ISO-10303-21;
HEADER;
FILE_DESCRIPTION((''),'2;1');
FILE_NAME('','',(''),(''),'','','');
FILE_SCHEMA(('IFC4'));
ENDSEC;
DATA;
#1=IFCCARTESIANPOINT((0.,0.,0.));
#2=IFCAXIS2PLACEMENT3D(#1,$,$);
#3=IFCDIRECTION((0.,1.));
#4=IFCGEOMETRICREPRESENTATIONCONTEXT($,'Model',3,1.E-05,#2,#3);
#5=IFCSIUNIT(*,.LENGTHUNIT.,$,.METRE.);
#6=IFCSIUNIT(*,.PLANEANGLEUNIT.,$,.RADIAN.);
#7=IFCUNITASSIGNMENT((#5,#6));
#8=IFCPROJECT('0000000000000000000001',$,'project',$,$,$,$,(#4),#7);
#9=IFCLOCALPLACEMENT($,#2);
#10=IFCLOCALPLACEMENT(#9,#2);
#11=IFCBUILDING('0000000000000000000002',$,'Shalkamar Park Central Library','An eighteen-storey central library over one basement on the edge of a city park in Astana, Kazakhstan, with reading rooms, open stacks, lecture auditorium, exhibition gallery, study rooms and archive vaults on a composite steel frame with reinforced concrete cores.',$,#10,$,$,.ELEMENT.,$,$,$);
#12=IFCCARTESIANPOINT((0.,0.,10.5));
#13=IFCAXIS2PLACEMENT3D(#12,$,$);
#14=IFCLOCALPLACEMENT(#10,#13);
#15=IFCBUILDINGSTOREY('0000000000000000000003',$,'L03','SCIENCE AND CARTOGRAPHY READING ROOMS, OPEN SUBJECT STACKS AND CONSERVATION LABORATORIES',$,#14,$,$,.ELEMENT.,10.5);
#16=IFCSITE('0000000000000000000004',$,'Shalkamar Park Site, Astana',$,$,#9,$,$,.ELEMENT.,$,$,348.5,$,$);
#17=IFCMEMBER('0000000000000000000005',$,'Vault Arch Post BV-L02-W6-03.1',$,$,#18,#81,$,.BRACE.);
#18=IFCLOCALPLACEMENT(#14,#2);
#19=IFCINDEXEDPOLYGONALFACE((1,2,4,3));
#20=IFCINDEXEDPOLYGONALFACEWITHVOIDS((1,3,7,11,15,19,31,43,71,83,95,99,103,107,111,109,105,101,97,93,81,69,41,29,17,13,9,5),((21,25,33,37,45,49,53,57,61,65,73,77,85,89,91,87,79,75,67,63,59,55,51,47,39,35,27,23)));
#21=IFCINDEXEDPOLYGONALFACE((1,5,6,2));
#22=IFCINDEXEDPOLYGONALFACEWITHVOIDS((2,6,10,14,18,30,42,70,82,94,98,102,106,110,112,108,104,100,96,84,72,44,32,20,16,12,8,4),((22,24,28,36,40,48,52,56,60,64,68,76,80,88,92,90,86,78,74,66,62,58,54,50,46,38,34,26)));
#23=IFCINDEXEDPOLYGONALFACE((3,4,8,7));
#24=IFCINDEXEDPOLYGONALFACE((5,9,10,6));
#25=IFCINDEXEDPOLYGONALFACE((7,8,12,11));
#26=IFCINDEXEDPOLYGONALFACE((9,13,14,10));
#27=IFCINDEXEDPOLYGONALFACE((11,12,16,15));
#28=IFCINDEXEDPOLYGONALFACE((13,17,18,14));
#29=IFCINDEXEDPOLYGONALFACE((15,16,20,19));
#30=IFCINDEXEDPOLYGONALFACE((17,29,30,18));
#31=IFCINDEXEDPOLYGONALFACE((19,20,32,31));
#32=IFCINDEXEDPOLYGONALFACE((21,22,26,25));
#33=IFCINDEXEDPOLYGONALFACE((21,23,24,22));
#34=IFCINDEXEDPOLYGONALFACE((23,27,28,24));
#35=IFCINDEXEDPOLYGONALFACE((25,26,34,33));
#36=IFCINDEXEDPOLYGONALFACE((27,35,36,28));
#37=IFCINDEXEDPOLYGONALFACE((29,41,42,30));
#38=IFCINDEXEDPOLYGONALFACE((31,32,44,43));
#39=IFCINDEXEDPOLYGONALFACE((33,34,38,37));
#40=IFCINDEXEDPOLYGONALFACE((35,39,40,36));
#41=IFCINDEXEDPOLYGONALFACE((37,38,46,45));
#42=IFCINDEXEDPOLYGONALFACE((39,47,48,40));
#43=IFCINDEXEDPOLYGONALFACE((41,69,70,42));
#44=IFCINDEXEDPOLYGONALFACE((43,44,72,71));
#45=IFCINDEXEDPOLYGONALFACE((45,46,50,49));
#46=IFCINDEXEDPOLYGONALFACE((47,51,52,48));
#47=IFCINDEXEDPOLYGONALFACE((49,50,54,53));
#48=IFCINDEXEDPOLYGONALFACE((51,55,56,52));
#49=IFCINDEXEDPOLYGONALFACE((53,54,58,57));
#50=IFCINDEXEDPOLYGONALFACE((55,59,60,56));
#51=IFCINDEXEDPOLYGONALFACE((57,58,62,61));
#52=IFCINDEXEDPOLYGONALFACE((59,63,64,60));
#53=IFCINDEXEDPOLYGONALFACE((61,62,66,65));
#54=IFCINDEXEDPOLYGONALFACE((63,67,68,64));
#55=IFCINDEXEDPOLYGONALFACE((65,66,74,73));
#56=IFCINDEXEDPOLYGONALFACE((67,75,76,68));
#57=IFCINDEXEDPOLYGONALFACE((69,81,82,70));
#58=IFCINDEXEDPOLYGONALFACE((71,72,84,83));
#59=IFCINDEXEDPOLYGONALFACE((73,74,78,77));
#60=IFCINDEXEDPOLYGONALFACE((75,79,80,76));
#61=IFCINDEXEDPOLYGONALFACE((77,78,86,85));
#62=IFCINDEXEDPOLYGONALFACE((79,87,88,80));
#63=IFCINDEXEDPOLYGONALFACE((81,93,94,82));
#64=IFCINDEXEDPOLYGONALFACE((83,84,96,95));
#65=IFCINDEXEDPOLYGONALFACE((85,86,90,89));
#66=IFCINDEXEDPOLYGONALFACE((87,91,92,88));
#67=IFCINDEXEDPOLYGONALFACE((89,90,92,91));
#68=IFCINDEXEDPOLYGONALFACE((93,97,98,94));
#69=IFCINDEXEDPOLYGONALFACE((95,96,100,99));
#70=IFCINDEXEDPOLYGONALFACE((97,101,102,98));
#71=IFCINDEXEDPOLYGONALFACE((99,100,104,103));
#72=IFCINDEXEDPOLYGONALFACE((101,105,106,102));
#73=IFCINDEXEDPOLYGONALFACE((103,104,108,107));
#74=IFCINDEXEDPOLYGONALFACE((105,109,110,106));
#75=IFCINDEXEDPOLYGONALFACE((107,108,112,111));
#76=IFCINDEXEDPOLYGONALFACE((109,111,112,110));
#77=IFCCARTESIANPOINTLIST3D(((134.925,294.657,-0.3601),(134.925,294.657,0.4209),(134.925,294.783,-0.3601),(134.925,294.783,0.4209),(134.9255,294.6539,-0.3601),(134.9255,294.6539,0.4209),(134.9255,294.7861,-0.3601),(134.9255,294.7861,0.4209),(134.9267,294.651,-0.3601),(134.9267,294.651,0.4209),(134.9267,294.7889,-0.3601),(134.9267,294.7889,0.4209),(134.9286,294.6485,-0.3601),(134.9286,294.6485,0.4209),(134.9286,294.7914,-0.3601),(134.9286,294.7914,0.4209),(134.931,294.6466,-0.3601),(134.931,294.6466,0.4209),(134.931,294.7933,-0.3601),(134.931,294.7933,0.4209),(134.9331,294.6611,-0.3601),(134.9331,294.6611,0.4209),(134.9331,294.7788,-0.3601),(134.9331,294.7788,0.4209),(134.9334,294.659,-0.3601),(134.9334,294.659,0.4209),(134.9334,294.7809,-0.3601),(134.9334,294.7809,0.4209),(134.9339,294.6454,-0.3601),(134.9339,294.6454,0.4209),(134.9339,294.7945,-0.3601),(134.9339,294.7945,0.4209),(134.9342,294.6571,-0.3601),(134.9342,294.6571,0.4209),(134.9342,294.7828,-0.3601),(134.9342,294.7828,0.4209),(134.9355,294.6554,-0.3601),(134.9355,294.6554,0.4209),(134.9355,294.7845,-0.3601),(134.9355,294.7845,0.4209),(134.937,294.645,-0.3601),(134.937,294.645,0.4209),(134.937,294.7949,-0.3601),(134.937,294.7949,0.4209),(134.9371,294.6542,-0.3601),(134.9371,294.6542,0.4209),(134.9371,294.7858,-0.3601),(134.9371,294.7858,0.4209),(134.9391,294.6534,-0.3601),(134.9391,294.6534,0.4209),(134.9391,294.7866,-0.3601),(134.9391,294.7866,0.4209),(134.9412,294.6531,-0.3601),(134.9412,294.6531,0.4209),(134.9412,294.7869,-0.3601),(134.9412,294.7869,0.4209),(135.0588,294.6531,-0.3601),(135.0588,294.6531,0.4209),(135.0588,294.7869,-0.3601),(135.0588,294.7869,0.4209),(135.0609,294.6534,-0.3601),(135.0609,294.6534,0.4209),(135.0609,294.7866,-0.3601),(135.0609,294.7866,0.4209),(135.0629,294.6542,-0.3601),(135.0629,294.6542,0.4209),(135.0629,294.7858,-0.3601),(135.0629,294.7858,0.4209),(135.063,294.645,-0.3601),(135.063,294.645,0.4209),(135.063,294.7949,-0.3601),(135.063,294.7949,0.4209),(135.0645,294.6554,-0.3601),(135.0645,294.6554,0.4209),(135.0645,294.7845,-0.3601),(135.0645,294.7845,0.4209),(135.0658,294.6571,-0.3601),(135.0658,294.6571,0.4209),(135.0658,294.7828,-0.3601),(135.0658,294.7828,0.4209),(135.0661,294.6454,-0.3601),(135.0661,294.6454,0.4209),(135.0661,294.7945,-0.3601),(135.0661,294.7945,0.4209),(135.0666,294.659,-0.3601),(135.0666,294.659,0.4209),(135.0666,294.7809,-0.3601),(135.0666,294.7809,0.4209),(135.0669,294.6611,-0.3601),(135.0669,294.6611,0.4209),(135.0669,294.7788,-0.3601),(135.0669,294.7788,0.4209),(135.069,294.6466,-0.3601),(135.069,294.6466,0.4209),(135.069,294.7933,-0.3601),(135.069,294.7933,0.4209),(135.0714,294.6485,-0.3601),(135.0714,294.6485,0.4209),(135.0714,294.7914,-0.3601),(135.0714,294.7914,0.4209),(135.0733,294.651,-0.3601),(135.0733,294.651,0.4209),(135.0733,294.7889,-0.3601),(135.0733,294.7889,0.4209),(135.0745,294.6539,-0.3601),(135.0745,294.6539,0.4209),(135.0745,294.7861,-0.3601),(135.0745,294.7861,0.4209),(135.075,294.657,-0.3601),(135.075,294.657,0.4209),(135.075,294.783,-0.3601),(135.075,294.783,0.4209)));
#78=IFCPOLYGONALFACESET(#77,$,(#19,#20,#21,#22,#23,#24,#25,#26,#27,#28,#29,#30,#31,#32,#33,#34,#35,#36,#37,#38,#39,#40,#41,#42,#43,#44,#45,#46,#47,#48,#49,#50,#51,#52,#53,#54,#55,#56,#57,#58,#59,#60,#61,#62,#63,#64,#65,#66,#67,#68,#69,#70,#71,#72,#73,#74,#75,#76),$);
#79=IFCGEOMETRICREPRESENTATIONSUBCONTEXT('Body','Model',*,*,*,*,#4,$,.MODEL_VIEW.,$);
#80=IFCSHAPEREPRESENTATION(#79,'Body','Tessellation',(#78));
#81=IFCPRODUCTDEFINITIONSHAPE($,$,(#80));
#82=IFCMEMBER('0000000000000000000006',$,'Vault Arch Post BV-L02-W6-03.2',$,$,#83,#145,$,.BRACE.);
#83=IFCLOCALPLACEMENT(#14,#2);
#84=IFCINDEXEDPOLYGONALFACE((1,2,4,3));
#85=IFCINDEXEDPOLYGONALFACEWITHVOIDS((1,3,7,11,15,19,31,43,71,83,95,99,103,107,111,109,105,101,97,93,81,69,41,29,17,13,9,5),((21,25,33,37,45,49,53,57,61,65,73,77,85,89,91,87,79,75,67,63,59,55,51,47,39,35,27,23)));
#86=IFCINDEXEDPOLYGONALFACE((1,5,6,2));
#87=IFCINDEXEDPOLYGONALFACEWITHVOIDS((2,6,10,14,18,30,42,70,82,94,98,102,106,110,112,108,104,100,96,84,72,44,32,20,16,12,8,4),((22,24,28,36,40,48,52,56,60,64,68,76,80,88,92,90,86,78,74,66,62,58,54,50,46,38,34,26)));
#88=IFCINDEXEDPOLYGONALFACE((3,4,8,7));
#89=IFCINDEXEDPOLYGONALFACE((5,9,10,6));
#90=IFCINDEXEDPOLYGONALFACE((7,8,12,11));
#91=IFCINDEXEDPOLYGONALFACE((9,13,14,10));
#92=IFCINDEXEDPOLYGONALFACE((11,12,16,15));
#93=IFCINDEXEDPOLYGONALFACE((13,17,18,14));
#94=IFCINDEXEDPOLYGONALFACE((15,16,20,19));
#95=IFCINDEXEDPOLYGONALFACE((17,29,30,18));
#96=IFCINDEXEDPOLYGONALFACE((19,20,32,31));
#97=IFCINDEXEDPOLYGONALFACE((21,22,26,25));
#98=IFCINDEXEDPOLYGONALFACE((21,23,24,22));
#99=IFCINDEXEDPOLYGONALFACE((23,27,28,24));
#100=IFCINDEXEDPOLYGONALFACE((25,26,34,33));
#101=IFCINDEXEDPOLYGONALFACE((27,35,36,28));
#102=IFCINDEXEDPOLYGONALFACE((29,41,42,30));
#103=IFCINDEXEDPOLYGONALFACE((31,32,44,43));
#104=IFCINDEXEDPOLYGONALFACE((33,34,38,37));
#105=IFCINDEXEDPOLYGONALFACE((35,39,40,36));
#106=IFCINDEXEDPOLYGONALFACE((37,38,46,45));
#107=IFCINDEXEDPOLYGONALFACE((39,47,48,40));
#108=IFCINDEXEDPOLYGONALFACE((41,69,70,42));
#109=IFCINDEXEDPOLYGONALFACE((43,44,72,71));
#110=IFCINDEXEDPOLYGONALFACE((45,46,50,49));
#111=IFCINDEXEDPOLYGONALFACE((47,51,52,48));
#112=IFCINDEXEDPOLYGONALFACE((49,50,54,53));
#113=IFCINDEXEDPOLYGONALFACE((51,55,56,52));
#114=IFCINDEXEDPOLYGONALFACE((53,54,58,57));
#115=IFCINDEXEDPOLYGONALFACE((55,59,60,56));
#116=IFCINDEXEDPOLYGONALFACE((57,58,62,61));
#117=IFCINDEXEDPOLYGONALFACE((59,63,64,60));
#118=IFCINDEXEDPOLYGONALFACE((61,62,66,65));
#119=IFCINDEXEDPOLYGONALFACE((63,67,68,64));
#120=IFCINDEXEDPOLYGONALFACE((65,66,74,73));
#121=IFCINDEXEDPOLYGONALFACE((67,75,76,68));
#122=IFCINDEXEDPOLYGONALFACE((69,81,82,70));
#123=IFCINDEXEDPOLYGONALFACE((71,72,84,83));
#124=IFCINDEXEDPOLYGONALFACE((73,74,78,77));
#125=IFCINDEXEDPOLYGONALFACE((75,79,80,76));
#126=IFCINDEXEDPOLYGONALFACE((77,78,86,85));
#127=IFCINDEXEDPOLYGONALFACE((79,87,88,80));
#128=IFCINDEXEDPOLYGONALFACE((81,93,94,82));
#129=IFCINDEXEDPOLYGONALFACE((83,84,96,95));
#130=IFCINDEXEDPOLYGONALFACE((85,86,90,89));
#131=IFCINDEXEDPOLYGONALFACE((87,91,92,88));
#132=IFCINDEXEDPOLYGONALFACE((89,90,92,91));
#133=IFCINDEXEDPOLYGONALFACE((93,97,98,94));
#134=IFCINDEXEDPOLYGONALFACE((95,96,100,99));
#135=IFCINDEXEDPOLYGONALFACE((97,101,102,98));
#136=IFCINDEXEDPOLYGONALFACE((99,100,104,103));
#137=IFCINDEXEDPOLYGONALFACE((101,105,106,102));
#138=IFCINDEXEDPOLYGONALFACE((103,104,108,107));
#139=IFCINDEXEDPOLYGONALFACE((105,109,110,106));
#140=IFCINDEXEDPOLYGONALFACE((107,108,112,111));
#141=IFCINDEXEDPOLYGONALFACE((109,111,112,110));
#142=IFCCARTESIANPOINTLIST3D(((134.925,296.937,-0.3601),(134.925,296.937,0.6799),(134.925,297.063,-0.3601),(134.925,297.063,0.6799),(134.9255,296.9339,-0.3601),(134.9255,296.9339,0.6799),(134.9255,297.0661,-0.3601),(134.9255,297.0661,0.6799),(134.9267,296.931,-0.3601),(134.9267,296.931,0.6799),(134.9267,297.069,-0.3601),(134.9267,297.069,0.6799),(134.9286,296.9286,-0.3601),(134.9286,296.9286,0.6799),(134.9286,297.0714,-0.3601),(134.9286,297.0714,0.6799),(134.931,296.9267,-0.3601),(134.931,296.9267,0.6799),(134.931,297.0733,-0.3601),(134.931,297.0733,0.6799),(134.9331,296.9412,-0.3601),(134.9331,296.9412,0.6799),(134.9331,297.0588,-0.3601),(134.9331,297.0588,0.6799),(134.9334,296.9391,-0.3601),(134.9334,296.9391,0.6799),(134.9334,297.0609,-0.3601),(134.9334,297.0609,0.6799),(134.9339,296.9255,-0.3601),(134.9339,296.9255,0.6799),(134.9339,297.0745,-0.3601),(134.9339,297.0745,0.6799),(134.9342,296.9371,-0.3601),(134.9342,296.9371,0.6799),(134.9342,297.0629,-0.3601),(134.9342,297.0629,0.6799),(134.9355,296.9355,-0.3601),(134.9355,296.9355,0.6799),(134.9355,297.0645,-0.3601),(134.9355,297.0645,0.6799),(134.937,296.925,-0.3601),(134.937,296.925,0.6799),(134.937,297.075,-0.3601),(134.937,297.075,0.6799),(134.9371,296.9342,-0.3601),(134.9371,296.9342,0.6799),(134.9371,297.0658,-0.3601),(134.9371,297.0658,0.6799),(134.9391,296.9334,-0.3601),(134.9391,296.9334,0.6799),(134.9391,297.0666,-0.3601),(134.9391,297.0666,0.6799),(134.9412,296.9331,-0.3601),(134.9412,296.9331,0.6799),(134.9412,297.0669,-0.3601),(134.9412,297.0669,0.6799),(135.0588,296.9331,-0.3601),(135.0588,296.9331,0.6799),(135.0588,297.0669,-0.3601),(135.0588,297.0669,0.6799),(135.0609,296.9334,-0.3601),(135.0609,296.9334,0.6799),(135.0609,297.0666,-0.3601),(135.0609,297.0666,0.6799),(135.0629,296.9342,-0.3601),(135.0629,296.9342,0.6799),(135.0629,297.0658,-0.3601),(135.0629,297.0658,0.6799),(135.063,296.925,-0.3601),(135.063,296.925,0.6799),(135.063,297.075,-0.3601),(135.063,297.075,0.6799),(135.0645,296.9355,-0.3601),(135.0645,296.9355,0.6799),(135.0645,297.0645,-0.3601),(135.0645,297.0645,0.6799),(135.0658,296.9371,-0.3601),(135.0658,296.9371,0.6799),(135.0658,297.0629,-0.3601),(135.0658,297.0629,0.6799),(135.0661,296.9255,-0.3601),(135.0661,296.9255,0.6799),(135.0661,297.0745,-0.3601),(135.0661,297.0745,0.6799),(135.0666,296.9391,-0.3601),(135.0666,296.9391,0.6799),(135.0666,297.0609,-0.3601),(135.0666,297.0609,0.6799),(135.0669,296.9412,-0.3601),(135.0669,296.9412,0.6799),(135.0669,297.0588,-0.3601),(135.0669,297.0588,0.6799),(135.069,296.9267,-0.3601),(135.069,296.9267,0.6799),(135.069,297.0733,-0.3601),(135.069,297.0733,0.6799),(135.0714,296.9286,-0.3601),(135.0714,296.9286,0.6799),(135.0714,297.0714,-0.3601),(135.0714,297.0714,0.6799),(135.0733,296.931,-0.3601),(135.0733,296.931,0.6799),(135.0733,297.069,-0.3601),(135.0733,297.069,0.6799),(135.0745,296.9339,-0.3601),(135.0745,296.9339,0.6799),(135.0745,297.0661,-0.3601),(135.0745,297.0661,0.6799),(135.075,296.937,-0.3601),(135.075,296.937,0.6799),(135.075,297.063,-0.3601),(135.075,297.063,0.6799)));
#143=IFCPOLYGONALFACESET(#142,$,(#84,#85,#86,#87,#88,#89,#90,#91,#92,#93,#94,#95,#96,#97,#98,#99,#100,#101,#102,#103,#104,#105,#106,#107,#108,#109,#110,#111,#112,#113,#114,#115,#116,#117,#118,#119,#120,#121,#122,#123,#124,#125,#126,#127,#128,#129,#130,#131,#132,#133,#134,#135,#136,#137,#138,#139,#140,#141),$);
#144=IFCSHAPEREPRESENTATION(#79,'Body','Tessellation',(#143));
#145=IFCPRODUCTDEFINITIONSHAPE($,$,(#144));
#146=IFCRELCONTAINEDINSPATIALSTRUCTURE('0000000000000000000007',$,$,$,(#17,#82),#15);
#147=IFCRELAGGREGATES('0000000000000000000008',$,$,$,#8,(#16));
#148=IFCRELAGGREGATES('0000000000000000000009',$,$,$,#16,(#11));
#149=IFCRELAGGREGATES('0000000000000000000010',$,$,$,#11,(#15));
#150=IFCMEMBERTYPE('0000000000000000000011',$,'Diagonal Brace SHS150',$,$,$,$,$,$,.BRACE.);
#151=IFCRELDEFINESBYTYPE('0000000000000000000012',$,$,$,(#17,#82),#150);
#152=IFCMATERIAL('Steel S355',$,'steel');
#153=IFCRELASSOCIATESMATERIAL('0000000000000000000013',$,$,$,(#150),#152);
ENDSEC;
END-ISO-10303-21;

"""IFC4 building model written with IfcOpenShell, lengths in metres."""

from ifc_helpers import new_model, si_unit, direction, frame, origin, origin_2d, place, context, subcontext, project, spatial, hollow_rectangle, extrude, material, material_profile, profile_set, type_object, element, save


model = new_model("IFC4")

# Units and contexts
model_context = context("Model", 3, precision=1e-05, world=origin(), true_north=direction((0.0, 1.0)))
body_context = subcontext(model_context, "Body", "Model", "MODEL_VIEW")
ifc_project = project(units=[si_unit("LENGTHUNIT", "METRE"), si_unit("PLANEANGLEUNIT", "RADIAN")], contexts=[model_context])

# Site, building, storey
site_placement = place(None, origin())
site = spatial("IfcSite", under=ifc_project, at=site_placement, Name="Shalkamar Park Site, Astana", CompositionType="ELEMENT", RefElevation=348.5)
building_placement = place(site_placement, origin())
building = spatial("IfcBuilding", under=site, at=building_placement, Name="Shalkamar Park Central Library", Description="An eighteen-storey central library over one basement on the edge of a city park in Astana, Kazakhstan, with reading rooms, open stacks, lecture auditorium, exhibition gallery, study rooms and archive vaults on a composite steel frame with reinforced concrete cores.", CompositionType="ELEMENT")
storey_placement = place(building_placement, frame((0.0, 0.0, 10.5)))
storey = spatial("IfcBuildingStorey", under=building, at=storey_placement, Name="L03", Description="SCIENCE AND CARTOGRAPHY READING ROOMS, OPEN SUBJECT STACKS AND CONSERVATION LABORATORIES", CompositionType="ELEMENT", Elevation=10.5)

# Members
ifc_material_1 = material(Name="Steel S355", Category="steel")
ifc_material_profile_1 = material_profile(ifc_material_1, hollow_rectangle(XDim=0.1499, YDim=0.1499, WallThickness=0.0081, InnerFilletRadius=0.0081, OuterFilletRadius=0.012, at=origin_2d()), Name="SHS 150x150x8")
ifc_profile_set_1 = profile_set([ifc_material_profile_1], Name="Steel S355")
member_type_1 = type_object("IfcMemberType", Name="Diagonal Brace SHS150", PredefinedType="BRACE", material=ifc_profile_set_1)
for number, where, z_axis, x_axis, name in (
    (1, (135.0, 294.72, -0.3601), (0.0, 0.0, 1.0), (1.0, 0.0, 0.0), "Vault Arch Post BV-L02-W6-03.1"),
):
    element("IfcMember", number, at=place(storey_placement, frame(where, z_axis=z_axis, x_axis=x_axis)), inside=storey, type_object=member_type_1, Name=name, PredefinedType="BRACE", context=body_context, shape_type="SweptSolid", body=[
        extrude(hollow_rectangle(XDim=0.1499, YDim=0.1499, WallThickness=0.0081, InnerFilletRadius=0.0081, OuterFilletRadius=0.012, at=origin_2d()), origin(), (0.0, 0.0, 1.0), 0.781),
    ])
member_1_placement = place(storey_placement, frame((135.0, 297.0, -0.3601), z_axis=(0.0, 0.0, 1.0), x_axis=(1.0, 0.0, 0.0)))
element("IfcMember", 2, at=member_1_placement, inside=storey, type_object=member_type_1, Name="Vault Arch Post BV-L02-W6-03.2", PredefinedType="BRACE", context=body_context, shape_type="SweptSolid", body=[
    extrude(hollow_rectangle(XDim=0.1499, YDim=0.1499, WallThickness=0.0081, InnerFilletRadius=0.0081, OuterFilletRadius=0.012, at=origin_2d()), origin(), (0.0, 0.0, 1.0), 1.04),
])

save(model, "model.ifc")
